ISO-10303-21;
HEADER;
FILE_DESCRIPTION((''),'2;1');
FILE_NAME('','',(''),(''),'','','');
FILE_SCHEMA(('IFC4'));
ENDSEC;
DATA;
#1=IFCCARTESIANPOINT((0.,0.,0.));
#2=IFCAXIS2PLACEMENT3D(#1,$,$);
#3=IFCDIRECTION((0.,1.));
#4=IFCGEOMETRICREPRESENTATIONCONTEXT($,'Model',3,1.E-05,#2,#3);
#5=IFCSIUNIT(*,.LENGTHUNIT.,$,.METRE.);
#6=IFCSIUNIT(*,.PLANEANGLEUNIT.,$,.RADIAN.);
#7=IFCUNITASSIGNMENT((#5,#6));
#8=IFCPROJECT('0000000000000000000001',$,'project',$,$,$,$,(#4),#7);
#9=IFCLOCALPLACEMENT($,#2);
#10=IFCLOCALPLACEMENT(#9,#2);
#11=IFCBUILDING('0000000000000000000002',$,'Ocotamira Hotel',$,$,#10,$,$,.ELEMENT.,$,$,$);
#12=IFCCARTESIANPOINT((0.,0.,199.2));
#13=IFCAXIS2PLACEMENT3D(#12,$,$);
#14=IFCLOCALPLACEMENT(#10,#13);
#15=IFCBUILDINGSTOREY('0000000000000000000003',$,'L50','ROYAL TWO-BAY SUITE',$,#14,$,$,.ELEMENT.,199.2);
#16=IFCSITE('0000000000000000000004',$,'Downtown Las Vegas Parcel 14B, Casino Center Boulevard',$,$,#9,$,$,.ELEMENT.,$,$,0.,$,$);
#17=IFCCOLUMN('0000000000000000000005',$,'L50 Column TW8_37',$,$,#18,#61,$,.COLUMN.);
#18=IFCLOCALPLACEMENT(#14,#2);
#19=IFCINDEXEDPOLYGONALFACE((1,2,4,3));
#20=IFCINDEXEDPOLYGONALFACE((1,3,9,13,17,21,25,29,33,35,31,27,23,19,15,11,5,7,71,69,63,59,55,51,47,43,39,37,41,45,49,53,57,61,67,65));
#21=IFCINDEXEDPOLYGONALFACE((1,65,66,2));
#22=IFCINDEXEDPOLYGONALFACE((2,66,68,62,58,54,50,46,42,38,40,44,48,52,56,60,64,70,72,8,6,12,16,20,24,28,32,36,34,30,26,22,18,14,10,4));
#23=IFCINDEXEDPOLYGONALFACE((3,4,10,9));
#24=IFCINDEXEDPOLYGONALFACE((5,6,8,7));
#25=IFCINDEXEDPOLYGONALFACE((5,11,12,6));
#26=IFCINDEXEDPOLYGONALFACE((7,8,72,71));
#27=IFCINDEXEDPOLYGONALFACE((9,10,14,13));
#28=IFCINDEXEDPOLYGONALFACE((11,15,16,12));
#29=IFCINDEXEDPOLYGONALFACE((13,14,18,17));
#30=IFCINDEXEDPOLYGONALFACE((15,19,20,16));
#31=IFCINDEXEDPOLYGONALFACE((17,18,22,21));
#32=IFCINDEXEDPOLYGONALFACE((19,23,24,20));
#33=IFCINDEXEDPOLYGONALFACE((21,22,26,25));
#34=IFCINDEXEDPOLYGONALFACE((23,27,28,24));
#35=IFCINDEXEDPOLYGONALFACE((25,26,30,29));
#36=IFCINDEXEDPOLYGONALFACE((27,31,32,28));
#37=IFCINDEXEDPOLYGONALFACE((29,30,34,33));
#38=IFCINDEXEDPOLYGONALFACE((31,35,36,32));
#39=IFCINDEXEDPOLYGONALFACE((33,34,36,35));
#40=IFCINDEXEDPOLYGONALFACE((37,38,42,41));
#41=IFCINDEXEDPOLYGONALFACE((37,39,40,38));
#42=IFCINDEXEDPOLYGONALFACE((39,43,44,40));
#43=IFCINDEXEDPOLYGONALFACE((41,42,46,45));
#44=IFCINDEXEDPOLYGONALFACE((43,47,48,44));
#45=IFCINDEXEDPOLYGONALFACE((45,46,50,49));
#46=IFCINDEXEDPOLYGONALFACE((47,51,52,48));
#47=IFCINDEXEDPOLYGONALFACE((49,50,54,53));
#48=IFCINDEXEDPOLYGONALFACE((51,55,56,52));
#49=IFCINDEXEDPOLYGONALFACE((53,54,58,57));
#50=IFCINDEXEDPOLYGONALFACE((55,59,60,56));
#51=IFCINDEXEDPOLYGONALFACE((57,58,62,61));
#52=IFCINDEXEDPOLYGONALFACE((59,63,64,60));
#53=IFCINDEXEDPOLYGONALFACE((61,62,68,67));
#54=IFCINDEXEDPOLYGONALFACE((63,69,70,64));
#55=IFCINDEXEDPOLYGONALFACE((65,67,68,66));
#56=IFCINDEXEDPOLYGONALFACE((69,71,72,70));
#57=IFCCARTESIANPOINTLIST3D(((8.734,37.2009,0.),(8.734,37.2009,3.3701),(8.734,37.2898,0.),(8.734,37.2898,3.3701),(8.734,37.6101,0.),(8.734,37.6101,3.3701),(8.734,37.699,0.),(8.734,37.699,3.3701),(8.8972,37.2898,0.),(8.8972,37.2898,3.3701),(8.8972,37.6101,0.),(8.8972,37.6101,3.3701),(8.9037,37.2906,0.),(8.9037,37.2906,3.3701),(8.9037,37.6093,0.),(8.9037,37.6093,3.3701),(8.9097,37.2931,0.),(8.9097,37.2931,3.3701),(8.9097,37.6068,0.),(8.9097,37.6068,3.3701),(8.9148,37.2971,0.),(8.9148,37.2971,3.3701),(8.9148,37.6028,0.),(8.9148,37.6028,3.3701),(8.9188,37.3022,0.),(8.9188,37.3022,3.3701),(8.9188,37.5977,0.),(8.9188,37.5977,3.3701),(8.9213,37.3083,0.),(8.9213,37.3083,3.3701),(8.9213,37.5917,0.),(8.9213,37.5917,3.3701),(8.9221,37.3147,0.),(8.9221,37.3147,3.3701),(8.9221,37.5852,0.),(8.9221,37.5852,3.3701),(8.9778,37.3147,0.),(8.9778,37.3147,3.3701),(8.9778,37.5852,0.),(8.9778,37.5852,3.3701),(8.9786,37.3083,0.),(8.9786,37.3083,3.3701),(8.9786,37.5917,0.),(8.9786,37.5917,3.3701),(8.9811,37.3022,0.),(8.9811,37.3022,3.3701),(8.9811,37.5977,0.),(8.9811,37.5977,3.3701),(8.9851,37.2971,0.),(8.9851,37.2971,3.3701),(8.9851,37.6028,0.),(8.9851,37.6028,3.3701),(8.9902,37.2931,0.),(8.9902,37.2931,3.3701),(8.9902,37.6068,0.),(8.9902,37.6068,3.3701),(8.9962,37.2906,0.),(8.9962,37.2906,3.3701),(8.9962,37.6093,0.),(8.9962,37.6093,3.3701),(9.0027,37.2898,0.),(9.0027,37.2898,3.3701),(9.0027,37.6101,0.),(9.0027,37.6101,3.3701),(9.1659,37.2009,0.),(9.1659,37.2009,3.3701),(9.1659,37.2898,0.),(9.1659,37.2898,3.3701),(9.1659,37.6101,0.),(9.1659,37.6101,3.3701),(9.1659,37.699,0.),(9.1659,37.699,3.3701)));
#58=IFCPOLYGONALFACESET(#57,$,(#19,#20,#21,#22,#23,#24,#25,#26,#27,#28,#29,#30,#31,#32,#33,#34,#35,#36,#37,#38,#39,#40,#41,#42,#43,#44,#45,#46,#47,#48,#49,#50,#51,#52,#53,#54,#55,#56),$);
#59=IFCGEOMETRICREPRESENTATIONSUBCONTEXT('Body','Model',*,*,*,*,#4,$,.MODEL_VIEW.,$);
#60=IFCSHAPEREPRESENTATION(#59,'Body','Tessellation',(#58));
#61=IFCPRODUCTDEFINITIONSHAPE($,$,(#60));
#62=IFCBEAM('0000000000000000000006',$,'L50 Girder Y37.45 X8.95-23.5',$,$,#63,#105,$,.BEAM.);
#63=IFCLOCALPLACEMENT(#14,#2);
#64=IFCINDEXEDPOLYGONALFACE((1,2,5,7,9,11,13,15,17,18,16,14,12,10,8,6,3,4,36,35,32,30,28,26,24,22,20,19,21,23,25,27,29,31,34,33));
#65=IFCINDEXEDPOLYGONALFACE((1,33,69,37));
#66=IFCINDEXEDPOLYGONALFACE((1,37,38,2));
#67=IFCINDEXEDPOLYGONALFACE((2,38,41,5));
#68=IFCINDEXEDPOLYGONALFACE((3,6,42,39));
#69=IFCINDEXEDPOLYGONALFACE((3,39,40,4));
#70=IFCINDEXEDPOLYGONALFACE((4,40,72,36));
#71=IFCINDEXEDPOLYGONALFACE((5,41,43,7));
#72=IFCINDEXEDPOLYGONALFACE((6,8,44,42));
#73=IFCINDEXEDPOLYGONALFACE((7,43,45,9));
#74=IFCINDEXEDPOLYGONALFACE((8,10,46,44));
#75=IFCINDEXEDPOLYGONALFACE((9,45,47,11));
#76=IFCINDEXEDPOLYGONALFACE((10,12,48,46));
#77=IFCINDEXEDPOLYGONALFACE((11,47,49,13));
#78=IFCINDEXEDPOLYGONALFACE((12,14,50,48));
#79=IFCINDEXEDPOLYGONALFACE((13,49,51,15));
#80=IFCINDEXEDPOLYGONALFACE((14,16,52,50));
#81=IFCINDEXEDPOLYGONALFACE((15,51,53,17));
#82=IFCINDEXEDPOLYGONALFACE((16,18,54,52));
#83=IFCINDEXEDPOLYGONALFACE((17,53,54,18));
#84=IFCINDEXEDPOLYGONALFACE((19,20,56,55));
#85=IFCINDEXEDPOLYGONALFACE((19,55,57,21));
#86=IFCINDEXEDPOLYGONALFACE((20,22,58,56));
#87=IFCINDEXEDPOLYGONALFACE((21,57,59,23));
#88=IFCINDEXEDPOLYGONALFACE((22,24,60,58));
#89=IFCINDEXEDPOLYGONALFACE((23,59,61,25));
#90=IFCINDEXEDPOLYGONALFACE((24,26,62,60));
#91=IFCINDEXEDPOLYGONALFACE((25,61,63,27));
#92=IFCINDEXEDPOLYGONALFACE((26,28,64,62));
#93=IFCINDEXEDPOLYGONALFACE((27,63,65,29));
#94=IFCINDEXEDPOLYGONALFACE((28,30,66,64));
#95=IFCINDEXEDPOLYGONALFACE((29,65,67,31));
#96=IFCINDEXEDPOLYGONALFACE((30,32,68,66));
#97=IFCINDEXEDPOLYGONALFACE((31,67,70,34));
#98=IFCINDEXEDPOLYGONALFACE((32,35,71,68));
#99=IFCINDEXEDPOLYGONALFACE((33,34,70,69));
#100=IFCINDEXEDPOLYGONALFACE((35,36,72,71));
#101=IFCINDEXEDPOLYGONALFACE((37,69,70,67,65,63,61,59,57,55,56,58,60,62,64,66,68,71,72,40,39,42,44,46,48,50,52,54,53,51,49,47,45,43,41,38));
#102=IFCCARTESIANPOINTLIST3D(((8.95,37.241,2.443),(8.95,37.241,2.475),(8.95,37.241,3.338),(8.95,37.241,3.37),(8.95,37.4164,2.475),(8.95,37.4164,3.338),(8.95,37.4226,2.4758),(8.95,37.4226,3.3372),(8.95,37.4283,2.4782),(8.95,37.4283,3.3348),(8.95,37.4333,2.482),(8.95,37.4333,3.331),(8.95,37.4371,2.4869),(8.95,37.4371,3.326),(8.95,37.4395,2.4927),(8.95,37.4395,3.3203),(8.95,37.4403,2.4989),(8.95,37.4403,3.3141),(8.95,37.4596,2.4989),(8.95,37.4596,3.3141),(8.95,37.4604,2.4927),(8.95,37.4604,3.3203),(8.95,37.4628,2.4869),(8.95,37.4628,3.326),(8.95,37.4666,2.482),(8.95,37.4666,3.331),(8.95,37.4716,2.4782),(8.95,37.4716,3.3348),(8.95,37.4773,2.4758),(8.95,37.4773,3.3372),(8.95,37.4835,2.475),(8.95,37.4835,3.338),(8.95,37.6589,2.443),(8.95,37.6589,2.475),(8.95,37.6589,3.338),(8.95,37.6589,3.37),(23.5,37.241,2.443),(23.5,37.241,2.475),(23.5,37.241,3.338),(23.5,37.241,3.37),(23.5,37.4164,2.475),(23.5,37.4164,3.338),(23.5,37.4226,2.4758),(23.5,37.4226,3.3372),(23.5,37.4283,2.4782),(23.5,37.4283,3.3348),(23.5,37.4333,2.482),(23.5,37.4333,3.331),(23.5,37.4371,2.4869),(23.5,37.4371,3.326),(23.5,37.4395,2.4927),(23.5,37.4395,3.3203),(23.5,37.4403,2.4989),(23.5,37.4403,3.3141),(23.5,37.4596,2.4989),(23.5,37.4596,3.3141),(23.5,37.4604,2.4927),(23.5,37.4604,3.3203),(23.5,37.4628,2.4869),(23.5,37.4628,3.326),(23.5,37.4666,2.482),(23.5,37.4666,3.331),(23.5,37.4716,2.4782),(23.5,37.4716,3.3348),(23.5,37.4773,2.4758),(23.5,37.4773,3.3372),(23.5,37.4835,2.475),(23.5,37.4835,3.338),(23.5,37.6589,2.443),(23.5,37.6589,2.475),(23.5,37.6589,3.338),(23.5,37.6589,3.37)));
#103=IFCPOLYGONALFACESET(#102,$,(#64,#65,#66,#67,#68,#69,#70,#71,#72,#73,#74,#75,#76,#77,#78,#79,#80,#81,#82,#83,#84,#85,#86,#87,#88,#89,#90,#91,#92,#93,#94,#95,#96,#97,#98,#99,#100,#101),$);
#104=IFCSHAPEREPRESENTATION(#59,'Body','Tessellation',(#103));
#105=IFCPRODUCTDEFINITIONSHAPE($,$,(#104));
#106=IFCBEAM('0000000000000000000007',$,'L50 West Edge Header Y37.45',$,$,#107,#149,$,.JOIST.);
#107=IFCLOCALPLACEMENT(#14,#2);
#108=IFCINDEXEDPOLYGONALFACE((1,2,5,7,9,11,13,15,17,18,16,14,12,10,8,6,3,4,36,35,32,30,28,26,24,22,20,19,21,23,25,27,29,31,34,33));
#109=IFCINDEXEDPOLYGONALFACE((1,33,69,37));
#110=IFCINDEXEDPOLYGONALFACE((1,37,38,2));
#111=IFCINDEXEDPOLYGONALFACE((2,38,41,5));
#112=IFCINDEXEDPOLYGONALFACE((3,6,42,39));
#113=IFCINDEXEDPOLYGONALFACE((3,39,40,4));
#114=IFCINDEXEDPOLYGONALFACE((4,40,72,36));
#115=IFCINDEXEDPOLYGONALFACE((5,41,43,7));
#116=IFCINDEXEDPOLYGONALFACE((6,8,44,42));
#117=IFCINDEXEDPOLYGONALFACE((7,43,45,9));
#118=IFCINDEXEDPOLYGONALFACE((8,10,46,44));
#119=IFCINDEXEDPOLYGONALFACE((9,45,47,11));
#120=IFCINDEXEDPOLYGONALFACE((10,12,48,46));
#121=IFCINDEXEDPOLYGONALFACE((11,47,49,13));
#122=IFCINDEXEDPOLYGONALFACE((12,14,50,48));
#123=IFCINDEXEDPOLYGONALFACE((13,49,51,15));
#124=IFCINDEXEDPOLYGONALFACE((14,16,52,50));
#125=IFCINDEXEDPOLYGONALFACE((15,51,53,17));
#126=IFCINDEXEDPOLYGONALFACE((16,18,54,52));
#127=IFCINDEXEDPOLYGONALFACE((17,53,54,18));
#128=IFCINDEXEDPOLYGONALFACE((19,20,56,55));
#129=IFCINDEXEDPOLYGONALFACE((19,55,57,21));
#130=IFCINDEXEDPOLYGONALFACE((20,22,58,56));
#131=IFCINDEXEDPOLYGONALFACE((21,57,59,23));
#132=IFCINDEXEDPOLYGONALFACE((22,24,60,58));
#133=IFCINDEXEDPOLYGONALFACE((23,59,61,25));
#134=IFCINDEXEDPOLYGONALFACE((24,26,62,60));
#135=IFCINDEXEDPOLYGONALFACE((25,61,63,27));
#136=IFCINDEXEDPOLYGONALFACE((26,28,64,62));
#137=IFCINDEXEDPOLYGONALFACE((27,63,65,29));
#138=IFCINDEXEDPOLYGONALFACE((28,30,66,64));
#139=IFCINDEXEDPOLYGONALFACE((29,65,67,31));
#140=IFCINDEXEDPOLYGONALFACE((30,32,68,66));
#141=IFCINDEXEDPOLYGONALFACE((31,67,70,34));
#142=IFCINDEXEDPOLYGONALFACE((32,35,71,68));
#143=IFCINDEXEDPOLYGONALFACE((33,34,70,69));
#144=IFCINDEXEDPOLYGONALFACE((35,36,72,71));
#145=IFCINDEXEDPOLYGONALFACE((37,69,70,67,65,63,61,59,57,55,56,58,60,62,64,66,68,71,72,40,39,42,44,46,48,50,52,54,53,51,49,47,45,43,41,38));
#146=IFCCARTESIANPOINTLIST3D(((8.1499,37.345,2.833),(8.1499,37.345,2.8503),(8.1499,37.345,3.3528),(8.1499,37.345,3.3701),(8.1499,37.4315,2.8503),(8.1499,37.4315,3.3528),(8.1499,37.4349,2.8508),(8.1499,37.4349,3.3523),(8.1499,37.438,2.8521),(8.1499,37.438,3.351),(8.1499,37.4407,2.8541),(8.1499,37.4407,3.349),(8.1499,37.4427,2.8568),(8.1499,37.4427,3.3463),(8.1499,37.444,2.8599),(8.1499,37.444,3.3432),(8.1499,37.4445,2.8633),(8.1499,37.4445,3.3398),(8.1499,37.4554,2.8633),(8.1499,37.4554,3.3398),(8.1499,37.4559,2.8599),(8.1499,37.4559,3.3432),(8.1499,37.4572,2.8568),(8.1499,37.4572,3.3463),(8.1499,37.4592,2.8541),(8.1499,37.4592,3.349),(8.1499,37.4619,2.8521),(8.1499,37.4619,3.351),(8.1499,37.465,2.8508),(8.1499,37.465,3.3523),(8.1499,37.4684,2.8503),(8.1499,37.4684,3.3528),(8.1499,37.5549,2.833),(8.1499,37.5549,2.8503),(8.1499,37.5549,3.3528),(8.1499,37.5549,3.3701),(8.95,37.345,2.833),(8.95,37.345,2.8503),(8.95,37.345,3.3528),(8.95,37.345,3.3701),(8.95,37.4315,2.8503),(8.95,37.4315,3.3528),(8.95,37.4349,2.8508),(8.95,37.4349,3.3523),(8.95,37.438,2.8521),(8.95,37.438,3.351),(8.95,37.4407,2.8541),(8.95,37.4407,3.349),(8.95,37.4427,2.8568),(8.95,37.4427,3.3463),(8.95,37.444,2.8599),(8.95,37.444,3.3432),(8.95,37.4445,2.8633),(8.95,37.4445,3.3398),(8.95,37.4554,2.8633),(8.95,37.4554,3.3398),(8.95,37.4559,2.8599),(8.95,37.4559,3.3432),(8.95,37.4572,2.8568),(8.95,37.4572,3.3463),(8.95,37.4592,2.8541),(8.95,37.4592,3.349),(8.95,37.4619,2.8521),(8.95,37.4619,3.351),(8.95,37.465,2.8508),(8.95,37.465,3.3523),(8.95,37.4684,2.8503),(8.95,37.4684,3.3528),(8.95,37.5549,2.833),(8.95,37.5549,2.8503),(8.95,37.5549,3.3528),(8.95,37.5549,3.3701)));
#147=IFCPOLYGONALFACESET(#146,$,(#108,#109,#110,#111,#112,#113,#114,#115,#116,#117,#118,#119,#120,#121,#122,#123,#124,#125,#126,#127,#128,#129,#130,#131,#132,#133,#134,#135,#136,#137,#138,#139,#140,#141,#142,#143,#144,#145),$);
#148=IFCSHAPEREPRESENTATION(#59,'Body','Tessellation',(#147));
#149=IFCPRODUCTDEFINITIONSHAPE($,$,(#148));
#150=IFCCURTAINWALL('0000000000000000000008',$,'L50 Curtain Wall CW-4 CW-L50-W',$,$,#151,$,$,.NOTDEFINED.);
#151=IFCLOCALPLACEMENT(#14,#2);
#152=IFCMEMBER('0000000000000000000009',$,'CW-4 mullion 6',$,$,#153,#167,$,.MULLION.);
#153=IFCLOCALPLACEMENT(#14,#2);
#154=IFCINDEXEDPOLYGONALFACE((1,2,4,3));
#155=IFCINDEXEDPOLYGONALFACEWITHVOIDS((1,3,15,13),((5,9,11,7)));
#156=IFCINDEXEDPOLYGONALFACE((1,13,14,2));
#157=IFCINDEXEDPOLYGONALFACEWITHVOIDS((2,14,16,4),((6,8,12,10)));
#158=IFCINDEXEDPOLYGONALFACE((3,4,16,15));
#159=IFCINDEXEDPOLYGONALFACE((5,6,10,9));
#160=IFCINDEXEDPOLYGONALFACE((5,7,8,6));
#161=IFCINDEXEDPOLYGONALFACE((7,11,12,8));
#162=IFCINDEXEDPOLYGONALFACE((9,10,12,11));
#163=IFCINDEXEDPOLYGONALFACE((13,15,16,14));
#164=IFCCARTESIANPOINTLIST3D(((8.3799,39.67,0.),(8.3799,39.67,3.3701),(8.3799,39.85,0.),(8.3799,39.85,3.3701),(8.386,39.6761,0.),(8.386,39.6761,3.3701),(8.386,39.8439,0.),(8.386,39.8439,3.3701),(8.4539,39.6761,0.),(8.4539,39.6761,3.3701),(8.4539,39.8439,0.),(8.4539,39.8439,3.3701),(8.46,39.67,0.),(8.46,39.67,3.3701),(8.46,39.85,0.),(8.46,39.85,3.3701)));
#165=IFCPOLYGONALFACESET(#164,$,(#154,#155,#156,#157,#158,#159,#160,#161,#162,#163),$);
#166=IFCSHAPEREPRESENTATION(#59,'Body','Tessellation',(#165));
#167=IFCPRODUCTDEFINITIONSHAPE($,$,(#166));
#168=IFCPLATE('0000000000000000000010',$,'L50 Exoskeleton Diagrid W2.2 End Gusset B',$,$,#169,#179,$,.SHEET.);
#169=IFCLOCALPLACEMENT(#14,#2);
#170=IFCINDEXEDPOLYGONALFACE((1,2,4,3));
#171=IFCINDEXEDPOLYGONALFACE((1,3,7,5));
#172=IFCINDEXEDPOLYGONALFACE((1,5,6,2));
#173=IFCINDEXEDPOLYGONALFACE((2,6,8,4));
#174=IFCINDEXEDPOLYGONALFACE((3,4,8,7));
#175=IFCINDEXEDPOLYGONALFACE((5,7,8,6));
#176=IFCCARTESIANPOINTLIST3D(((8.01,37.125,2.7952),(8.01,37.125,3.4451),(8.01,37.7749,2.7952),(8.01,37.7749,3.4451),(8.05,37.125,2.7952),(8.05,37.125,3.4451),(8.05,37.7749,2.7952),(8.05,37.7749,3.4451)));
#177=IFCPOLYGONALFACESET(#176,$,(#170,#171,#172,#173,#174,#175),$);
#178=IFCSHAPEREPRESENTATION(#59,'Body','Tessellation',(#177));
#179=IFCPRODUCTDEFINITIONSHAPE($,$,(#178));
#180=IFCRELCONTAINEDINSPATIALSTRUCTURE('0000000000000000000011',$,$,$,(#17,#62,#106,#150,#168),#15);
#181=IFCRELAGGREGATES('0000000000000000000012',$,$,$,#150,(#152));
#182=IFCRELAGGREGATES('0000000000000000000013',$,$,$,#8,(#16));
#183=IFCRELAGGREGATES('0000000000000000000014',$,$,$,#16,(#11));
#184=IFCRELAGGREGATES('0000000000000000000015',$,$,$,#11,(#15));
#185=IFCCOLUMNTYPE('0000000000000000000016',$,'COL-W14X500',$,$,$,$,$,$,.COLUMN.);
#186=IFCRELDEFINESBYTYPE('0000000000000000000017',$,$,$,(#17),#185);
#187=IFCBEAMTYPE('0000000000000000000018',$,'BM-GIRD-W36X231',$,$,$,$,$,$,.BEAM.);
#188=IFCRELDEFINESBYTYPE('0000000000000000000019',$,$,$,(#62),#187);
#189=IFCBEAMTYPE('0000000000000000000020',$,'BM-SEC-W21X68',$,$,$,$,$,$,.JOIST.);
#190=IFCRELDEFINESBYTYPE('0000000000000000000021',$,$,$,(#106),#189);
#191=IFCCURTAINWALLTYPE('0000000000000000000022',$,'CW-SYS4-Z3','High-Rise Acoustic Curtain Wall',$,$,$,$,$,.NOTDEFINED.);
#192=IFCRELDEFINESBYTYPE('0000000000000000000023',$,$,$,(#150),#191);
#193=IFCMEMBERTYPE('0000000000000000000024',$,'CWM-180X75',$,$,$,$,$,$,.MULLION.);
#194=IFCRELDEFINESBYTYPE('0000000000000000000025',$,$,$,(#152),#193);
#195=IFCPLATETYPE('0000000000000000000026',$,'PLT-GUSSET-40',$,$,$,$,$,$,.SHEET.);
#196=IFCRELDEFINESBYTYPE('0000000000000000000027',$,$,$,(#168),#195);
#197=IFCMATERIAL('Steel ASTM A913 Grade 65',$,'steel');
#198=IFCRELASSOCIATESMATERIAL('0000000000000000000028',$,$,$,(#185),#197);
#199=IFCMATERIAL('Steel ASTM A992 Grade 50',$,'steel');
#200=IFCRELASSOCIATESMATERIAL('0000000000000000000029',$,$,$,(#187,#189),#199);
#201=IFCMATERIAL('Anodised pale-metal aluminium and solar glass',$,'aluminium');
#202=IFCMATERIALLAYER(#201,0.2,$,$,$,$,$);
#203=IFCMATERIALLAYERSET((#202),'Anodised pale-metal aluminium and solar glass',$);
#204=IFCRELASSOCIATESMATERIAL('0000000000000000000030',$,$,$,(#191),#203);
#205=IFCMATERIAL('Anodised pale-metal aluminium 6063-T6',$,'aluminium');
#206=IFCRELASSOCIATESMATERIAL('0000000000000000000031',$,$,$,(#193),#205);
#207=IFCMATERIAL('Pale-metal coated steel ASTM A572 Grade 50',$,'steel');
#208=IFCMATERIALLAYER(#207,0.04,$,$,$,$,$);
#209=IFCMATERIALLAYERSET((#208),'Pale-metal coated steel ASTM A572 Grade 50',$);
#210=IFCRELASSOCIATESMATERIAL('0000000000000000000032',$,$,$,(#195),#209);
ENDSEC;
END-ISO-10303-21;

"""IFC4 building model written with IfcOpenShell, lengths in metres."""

from ifc_helpers import new_model, si_unit, direction, frame, origin, origin_2d, place, context, subcontext, project, spatial, rectangle, hollow_rectangle, i_section, extrude, source, transform, mapped, material, layer, layer_set, material_profile, profile_set, type_object, element, aggregate, save


model = new_model("IFC4")

# Units and contexts
model_context = context("Model", 3, precision=1e-05, world=origin(), true_north=direction((0.0, 1.0)))
body_context = subcontext(model_context, "Body", "Model", "MODEL_VIEW")
ifc_project = project(units=[si_unit("LENGTHUNIT", "METRE"), si_unit("PLANEANGLEUNIT", "RADIAN")], contexts=[model_context])

# Site, building, storey
site_placement = place(None, origin())
site = spatial("IfcSite", under=ifc_project, at=site_placement, Name="Downtown Las Vegas Parcel 14B, Casino Center Boulevard", CompositionType="ELEMENT", RefElevation=0.0)
building_placement = place(site_placement, origin())
building = spatial("IfcBuilding", under=site, at=building_placement, Name="Ocotamira Hotel", CompositionType="ELEMENT")
storey_placement = place(building_placement, frame((0.0, 0.0, 199.2)))
storey = spatial("IfcBuildingStorey", under=building, at=storey_placement, Name="L50", Description="ROYAL TWO-BAY SUITE", CompositionType="ELEMENT", Elevation=199.2)

# Column
ifc_material_1 = material(Name="Steel ASTM A913 Grade 65", Category="steel")
ifc_material_profile_1 = material_profile(ifc_material_1, i_section(OverallWidth=0.4319, OverallDepth=0.498, WebThickness=0.0557, FlangeThickness=0.0889, FilletRadius=0.0249, at=origin_2d()), Name="W14X500")
ifc_profile_set_1 = profile_set([ifc_material_profile_1], Name="Steel ASTM A913 Grade 65")
column_type = type_object("IfcColumnType", Name="COL-W14X500", PredefinedType="COLUMN", material=ifc_profile_set_1)
shared_shape_1 = source(origin(), body_context, "Body", "SweptSolid", [
    extrude(i_section(OverallWidth=0.4319, OverallDepth=0.498, WebThickness=0.0557, FlangeThickness=0.0889, FilletRadius=0.0249, at=origin_2d()), origin(), (0.0, 0.0, 1.0), 3.3701),
])
column_placement = place(storey_placement, frame((8.95, 37.45, 0.0), z_axis=(0.0, 0.0, 1.0), x_axis=(1.0, 0.0, 0.0)))
element("IfcColumn", 1, at=column_placement, inside=storey, type_object=column_type, Name="L50 Column TW8_37", PredefinedType="COLUMN", context=body_context, shape_type="MappedRepresentation", body=[
    mapped(shared_shape_1, transform((0.0, 0.0, 0.0), scale=1.0)),
])

# Beams
ifc_material_2 = material(Name="Steel ASTM A992 Grade 50", Category="steel")
ifc_material_profile_2 = material_profile(ifc_material_2, i_section(OverallWidth=0.418, OverallDepth=0.927, WebThickness=0.0193, FlangeThickness=0.032, FilletRadius=0.0239, at=origin_2d()), Name="W36X231")
ifc_profile_set_2 = profile_set([ifc_material_profile_2], Name="Steel ASTM A992 Grade 50")
beam_type_1 = type_object("IfcBeamType", Name="BM-GIRD-W36X231", PredefinedType="BEAM", material=ifc_profile_set_2)
shared_shape_2 = source(origin(), body_context, "Body", "SweptSolid", [
    extrude(i_section(OverallWidth=0.418, OverallDepth=0.927, WebThickness=0.0193, FlangeThickness=0.032, FilletRadius=0.0239, at=origin_2d()), origin(), (0.0, 0.0, 1.0), 14.55),
])
beam_1_placement = place(storey_placement, frame((8.95, 37.45, 2.9065), z_axis=(1.0, 0.0, 0.0), x_axis=(0.0, 1.0, 0.0)))
element("IfcBeam", 2, at=beam_1_placement, inside=storey, type_object=beam_type_1, Name="L50 Girder Y37.45 X8.95-23.5", PredefinedType="BEAM", context=body_context, shape_type="MappedRepresentation", body=[
    mapped(shared_shape_2, transform((0.0, 0.0, 0.0), scale=1.0)),
])
ifc_material_profile_3 = material_profile(ifc_material_2, i_section(OverallWidth=0.21, OverallDepth=0.5371, WebThickness=0.011, FlangeThickness=0.0173, FilletRadius=0.0129, at=origin_2d()), Name="W21X68")
ifc_profile_set_3 = profile_set([ifc_material_profile_3], Name="Steel ASTM A992 Grade 50")
beam_type_2 = type_object("IfcBeamType", Name="BM-SEC-W21X68", PredefinedType="JOIST", material=ifc_profile_set_3)
shared_shape_3 = source(origin(), body_context, "Body", "SweptSolid", [
    extrude(i_section(OverallWidth=0.21, OverallDepth=0.5371, WebThickness=0.011, FlangeThickness=0.0173, FilletRadius=0.0129, at=origin_2d()), origin(), (0.0, 0.0, 1.0), 0.8),
])
beam_2_placement = place(storey_placement, frame((8.95, 37.45, 3.1016), z_axis=(-1.0, 0.0, 0.0), x_axis=(0.0, -1.0, 0.0)))
element("IfcBeam", 3, at=beam_2_placement, inside=storey, type_object=beam_type_2, Name="L50 West Edge Header Y37.45", PredefinedType="JOIST", context=body_context, shape_type="MappedRepresentation", body=[
    mapped(shared_shape_3, transform((0.0, 0.0, 0.0), scale=1.0)),
])

# Curtain wall, member
ifc_material_3 = material(Name="Anodised pale-metal aluminium and solar glass", Category="aluminium")
ifc_layer_1 = layer(ifc_material_3, 0.2)
ifc_layer_set_1 = layer_set([ifc_layer_1], Name="Anodised pale-metal aluminium and solar glass")
curtain_wall_type = type_object("IfcCurtainWallType", Name="CW-SYS4-Z3", Description="High-Rise Acoustic Curtain Wall", PredefinedType="NOTDEFINED", material=ifc_layer_set_1)
curtain_wall_placement = place(storey_placement, origin())
curtain_wall = element("IfcCurtainWall", 4, at=curtain_wall_placement, inside=storey, type_object=curtain_wall_type, Name="L50 Curtain Wall CW-4 CW-L50-W", PredefinedType="NOTDEFINED")
ifc_material_4 = material(Name="Anodised pale-metal aluminium 6063-T6", Category="aluminium")
ifc_material_profile_4 = material_profile(ifc_material_4, hollow_rectangle(XDim=0.0801, YDim=0.1799, WallThickness=0.0061, at=origin_2d()), Name="HSS180X80X6")
ifc_profile_set_4 = profile_set([ifc_material_profile_4], Name="Anodised pale-metal aluminium 6063-T6")
member_type = type_object("IfcMemberType", Name="CWM-180X75", PredefinedType="MULLION", material=ifc_profile_set_4)
shared_shape_4 = source(origin(), body_context, "Body", "SweptSolid", [
    extrude(hollow_rectangle(XDim=0.0801, YDim=0.1799, WallThickness=0.0061, at=origin_2d()), origin(), (0.0, 0.0, 1.0), 3.3701),
])
member_placement = place(storey_placement, frame((8.4199, 39.76, 0.0), z_axis=(0.0, 0.0, 1.0), x_axis=(-1.0, 0.0, 0.0)))
member = element("IfcMember", 5, at=member_placement, type_object=member_type, Name="CW-4 mullion 6", PredefinedType="MULLION", context=body_context, shape_type="MappedRepresentation", body=[
    mapped(shared_shape_4, transform((0.0, 0.0, 0.0), scale=1.0)),
])

# Plate
ifc_material_5 = material(Name="Pale-metal coated steel ASTM A572 Grade 50", Category="steel")
ifc_layer_2 = layer(ifc_material_5, 0.04)
ifc_layer_set_2 = layer_set([ifc_layer_2], Name="Pale-metal coated steel ASTM A572 Grade 50")
plate_type_1 = type_object("IfcPlateType", Name="PLT-GUSSET-40", PredefinedType="SHEET", material=ifc_layer_set_2)
shared_shape_5 = source(origin(), body_context, "Body", "SweptSolid", [
    extrude(rectangle(XDim=0.04, YDim=0.6499, at=origin_2d()), origin(), (0.0, 0.0, 1.0), 0.6499),
])
plate_1_placement = place(storey_placement, frame((8.03, 37.45, 2.7952), z_axis=(0.0, 0.0, 1.0), x_axis=(1.0, 0.0, 0.0)))
element("IfcPlate", 6, at=plate_1_placement, inside=storey, type_object=plate_type_1, Name="L50 Exoskeleton Diagrid W2.2 End Gusset B", PredefinedType="SHEET", context=body_context, shape_type="MappedRepresentation", body=[
    mapped(shared_shape_5, transform((0.0, 0.0, 0.0), scale=1.0)),
])
aggregate(curtain_wall, [member])

save(model, "model.ifc")
